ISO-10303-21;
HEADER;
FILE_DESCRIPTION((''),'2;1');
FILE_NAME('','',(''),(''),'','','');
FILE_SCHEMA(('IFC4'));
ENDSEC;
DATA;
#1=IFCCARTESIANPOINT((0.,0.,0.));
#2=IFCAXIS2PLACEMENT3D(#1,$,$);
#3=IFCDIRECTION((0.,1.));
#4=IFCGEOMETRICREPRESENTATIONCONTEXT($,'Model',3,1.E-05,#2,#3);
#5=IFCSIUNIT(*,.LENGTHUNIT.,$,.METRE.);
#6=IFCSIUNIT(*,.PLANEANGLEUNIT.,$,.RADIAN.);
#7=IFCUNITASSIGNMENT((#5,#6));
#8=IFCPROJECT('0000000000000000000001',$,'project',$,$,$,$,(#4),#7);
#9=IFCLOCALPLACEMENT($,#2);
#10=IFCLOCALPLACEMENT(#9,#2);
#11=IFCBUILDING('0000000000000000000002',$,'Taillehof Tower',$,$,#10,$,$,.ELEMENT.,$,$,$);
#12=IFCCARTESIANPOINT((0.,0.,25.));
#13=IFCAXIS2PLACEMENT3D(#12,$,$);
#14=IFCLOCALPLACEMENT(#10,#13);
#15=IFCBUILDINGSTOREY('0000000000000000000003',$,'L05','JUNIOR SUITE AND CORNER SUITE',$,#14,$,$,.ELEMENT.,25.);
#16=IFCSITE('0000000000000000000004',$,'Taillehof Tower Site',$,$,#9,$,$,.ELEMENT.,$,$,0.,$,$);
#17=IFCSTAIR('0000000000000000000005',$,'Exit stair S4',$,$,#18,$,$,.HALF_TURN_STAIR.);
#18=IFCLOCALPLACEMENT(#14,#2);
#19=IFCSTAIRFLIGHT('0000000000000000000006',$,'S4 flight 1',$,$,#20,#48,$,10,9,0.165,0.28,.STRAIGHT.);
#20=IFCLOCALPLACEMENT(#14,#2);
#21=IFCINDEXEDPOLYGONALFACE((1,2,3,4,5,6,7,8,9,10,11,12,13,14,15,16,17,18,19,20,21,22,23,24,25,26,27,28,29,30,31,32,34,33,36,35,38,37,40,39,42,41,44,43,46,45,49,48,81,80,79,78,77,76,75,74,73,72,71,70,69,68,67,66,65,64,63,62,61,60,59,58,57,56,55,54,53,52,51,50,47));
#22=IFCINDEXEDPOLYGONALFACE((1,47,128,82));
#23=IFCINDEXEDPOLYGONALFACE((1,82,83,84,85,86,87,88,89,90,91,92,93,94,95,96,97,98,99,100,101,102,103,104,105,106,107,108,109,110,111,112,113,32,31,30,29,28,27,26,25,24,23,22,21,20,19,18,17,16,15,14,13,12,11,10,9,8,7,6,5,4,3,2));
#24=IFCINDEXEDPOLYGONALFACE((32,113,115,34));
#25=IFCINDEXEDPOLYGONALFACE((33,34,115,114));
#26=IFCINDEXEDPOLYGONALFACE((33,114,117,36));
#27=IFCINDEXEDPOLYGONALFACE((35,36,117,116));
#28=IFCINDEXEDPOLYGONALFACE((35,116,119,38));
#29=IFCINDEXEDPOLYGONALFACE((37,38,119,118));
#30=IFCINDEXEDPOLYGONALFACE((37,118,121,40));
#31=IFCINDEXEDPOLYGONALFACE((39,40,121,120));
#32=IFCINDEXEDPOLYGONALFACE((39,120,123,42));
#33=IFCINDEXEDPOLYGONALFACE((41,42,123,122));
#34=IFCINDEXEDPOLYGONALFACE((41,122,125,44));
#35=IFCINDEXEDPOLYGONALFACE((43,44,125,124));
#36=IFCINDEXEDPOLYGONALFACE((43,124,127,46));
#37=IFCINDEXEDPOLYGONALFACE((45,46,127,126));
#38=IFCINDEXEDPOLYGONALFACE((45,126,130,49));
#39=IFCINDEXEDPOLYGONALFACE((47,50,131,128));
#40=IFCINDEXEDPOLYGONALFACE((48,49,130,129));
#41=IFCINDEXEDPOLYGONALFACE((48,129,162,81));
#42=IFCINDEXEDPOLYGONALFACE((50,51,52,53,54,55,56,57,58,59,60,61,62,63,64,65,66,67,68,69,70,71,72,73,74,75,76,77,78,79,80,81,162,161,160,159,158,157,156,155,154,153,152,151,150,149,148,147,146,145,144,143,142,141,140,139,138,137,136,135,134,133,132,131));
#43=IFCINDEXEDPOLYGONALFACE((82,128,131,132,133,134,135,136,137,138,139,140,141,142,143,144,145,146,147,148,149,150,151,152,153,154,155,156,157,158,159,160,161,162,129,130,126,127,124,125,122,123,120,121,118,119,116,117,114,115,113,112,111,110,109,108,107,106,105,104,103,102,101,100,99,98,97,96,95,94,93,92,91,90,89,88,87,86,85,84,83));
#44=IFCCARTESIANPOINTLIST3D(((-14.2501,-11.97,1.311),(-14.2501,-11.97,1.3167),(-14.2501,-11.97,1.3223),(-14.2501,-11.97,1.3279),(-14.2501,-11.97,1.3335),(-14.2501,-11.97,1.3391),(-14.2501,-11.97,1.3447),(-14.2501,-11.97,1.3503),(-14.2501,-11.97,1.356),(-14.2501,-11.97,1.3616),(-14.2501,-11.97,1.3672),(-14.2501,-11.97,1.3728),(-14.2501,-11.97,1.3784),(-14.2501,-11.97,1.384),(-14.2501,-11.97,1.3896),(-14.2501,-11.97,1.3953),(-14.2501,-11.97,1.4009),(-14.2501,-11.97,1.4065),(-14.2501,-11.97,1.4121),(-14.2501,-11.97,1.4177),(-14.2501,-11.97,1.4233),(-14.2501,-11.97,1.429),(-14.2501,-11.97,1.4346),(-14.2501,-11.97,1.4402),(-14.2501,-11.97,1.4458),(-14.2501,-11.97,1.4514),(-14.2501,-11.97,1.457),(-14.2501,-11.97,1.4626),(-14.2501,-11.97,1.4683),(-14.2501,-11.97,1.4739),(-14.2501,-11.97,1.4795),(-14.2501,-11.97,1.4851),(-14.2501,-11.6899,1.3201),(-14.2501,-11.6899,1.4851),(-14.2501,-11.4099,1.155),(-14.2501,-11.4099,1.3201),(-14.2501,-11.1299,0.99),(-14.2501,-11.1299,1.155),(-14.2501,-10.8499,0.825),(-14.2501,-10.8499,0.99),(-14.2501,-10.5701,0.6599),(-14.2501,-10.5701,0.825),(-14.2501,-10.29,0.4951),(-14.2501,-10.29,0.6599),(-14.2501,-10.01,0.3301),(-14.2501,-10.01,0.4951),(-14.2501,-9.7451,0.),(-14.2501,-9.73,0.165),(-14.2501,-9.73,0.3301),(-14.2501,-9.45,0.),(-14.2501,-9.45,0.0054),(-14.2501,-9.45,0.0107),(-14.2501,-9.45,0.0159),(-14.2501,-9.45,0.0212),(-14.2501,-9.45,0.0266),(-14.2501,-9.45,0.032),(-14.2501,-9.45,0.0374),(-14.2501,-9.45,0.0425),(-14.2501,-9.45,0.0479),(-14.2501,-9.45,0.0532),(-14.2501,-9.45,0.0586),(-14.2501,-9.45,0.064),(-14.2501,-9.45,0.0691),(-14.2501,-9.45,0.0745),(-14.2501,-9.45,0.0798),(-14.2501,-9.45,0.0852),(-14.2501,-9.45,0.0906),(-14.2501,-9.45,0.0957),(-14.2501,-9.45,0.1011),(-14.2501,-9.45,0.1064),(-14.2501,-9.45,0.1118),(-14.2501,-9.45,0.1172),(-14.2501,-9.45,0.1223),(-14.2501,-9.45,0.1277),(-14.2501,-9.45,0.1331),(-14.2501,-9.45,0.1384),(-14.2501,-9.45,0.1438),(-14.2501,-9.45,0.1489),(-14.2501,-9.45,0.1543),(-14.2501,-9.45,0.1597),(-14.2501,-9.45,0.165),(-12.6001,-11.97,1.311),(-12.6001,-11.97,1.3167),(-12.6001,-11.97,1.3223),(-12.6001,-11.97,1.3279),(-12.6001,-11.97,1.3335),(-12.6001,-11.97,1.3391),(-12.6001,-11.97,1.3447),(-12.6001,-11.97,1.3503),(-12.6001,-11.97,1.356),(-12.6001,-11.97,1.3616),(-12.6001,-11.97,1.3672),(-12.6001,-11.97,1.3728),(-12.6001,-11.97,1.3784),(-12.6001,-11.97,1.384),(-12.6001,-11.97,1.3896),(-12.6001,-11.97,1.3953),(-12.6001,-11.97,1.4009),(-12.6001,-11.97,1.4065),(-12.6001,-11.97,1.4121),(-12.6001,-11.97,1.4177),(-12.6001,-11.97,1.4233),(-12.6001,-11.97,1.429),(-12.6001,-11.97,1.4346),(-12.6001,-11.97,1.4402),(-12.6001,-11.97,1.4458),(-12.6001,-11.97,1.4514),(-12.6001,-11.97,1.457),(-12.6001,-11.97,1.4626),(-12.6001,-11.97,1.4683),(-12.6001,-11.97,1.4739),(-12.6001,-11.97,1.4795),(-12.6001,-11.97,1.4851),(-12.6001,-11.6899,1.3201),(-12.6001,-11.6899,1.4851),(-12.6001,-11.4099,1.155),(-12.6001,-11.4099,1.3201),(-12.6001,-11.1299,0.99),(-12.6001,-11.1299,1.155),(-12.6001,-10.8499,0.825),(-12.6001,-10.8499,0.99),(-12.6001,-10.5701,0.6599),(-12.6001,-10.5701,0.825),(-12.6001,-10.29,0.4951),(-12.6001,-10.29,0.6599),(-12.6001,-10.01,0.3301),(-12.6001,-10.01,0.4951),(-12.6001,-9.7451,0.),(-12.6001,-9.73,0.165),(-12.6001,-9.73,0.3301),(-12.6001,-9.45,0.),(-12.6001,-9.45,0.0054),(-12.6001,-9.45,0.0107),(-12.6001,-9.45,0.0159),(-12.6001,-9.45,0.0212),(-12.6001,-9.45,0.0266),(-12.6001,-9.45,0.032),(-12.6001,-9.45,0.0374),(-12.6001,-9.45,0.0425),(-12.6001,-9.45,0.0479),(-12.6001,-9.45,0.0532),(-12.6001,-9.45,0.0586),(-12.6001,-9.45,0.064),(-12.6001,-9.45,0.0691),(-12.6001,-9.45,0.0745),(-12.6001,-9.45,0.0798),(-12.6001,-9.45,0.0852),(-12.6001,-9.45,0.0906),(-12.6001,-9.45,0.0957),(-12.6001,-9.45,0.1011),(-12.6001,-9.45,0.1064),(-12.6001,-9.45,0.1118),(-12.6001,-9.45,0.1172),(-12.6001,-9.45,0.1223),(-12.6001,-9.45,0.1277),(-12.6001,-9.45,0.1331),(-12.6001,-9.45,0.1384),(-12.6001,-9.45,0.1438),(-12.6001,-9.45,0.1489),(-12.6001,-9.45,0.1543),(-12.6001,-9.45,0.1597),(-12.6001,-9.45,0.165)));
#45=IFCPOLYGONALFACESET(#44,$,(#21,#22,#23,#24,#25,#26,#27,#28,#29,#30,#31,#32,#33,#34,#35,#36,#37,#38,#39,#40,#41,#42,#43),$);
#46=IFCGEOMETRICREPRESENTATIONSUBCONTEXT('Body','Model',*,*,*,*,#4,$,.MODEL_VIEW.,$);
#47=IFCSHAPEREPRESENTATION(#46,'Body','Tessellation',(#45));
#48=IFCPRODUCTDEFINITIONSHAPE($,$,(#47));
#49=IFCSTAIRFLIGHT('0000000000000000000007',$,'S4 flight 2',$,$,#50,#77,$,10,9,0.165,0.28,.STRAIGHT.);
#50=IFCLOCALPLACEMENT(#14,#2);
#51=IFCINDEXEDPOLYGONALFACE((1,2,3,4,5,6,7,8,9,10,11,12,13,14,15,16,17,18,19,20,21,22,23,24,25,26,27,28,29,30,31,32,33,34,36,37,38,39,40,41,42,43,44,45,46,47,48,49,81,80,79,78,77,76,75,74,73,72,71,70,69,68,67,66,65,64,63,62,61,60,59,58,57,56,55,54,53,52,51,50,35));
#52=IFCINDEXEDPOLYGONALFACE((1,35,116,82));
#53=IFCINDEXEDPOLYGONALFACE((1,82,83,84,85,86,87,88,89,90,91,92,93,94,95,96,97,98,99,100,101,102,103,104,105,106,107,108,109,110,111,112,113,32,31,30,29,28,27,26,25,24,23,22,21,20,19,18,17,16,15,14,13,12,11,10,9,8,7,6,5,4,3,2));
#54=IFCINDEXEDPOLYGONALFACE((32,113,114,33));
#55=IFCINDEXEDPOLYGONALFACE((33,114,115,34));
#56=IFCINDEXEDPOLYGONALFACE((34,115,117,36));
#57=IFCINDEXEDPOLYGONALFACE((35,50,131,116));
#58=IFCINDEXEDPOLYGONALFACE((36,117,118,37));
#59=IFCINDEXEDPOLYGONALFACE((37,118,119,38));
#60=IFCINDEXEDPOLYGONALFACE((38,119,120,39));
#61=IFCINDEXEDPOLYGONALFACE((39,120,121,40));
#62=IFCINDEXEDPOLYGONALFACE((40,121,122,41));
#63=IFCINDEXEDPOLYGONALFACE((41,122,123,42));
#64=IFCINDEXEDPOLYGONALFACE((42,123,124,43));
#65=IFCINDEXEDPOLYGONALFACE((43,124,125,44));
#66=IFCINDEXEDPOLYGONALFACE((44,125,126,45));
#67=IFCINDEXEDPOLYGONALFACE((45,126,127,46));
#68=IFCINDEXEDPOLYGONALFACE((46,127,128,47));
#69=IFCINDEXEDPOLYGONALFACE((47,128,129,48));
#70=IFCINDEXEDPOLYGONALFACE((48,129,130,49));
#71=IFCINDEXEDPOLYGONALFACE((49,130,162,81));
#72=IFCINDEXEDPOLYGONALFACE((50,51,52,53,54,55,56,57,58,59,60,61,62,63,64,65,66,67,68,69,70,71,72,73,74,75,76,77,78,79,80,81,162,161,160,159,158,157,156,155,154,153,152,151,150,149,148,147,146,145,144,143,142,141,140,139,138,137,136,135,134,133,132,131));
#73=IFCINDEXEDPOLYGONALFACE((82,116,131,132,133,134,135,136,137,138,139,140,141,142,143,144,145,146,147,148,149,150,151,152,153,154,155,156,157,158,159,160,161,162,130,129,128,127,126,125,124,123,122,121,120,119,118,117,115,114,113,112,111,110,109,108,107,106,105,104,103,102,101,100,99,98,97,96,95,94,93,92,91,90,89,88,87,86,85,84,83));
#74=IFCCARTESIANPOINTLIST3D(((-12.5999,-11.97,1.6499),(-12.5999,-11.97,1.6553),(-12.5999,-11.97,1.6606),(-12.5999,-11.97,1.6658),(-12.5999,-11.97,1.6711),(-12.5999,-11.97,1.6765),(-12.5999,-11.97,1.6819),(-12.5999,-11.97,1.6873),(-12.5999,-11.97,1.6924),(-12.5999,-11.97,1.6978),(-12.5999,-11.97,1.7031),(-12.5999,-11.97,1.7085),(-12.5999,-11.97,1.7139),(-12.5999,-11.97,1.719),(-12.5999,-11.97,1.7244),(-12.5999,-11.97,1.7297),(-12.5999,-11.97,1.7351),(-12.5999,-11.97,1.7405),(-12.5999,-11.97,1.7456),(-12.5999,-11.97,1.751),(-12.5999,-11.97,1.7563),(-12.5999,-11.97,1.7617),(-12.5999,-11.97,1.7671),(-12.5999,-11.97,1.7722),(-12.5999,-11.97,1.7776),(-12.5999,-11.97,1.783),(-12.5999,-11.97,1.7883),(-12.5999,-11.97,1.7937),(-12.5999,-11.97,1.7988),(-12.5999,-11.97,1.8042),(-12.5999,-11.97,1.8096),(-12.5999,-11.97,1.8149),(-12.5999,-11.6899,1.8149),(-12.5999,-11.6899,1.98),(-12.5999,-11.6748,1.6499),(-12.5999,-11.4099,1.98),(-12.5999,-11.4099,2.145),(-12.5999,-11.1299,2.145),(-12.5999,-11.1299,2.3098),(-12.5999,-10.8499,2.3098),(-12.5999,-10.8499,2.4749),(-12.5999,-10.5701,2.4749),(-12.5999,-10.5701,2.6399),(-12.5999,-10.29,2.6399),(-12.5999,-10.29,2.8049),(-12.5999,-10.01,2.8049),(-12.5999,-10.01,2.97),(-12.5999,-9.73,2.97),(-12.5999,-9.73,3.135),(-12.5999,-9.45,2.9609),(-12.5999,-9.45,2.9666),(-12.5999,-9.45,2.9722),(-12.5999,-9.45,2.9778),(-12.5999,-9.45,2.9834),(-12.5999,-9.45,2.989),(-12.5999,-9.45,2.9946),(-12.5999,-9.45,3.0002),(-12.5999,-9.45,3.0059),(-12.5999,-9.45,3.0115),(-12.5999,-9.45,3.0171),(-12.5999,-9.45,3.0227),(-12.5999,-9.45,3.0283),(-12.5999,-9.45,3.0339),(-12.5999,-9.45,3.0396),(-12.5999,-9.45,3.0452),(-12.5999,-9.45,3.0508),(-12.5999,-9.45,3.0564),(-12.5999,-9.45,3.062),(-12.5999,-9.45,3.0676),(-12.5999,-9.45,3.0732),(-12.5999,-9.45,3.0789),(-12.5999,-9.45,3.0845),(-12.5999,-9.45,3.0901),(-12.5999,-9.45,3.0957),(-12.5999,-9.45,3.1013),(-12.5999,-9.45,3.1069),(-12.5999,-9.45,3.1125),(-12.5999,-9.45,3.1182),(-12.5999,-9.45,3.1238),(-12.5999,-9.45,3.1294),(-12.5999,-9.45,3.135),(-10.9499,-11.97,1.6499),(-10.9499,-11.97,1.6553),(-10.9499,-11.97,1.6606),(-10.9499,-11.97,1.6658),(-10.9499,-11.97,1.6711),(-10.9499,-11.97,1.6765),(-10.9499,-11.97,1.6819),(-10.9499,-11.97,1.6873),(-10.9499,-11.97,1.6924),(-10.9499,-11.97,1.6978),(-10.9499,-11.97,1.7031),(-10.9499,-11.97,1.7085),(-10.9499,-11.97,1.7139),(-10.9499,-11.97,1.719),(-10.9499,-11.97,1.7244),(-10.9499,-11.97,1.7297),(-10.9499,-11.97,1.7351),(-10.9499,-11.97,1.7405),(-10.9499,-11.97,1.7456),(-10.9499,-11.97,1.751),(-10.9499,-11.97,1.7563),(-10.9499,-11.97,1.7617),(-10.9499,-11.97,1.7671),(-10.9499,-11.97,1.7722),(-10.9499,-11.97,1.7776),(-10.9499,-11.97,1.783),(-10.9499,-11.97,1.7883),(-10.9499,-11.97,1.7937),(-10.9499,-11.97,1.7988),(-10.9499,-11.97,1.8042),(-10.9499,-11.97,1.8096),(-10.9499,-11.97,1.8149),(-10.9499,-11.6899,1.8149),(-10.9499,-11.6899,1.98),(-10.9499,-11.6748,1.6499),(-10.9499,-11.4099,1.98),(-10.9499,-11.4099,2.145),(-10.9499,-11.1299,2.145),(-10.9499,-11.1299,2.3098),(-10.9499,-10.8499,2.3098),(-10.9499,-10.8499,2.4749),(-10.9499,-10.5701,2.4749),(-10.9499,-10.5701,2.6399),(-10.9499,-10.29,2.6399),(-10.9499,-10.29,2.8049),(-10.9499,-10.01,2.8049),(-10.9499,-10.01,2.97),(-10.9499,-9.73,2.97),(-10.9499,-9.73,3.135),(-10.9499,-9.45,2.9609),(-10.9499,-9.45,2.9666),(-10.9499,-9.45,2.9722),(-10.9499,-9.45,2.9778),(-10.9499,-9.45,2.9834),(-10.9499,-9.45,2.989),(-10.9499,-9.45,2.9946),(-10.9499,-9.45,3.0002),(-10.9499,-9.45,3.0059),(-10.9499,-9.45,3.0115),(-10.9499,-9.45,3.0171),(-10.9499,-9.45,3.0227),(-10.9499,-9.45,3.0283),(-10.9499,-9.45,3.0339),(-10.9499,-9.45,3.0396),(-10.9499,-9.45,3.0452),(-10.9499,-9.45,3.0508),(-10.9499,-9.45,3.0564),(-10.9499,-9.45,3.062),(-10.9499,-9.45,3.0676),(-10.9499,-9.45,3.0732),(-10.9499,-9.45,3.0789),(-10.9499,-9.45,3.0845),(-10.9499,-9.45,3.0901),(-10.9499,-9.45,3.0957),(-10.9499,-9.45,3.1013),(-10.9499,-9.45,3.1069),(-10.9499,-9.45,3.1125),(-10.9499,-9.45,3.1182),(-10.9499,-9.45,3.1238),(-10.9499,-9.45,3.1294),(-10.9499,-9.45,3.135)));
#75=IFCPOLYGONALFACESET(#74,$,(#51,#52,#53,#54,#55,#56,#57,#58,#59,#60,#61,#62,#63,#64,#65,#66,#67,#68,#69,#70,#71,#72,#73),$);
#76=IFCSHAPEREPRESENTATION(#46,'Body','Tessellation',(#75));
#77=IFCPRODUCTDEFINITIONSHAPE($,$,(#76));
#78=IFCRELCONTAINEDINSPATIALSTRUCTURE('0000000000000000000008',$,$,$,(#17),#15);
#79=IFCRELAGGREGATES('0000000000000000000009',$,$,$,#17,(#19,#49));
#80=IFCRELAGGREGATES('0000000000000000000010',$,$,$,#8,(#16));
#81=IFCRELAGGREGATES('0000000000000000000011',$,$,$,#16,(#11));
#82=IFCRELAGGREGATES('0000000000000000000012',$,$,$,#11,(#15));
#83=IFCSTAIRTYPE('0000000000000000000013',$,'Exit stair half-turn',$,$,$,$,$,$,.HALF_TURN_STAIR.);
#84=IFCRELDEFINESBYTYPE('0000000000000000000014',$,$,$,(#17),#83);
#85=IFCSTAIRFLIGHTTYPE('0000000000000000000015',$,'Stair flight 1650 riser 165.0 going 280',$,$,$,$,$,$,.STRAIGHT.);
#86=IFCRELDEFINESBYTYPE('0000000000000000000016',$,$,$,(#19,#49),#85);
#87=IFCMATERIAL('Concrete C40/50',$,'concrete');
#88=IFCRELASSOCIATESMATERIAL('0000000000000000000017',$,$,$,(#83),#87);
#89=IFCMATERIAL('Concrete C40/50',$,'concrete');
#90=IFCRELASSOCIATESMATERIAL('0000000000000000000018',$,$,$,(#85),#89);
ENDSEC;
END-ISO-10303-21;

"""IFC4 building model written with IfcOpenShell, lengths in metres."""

from ifc_helpers import new_model, si_unit, direction, frame, origin, place, context, subcontext, project, spatial, polyline, outline, extrude, material, type_object, element, aggregate, save


model = new_model("IFC4")

# Units and contexts
model_context = context("Model", 3, precision=1e-05, world=origin(), true_north=direction((0.0, 1.0)))
body_context = subcontext(model_context, "Body", "Model", "MODEL_VIEW")
ifc_project = project(units=[si_unit("LENGTHUNIT", "METRE"), si_unit("PLANEANGLEUNIT", "RADIAN")], contexts=[model_context])

# Site, building, storey
site_placement = place(None, origin())
site = spatial("IfcSite", under=ifc_project, at=site_placement, Name="Taillehof Tower Site", CompositionType="ELEMENT", RefElevation=0.0)
building_placement = place(site_placement, origin())
building = spatial("IfcBuilding", under=site, at=building_placement, Name="Taillehof Tower", CompositionType="ELEMENT")
storey_placement = place(building_placement, frame((0.0, 0.0, 25.0)))
storey = spatial("IfcBuildingStorey", under=building, at=storey_placement, Name="L05", Description="JUNIOR SUITE AND CORNER SUITE", CompositionType="ELEMENT", Elevation=25.0)

# Stair, stair flights
ifc_material_1 = material(Name="Concrete C40/50", Category="concrete")
stair_type = type_object("IfcStairType", Name="Exit stair half-turn", PredefinedType="HALF_TURN_STAIR", material=ifc_material_1)
stair_placement = place(storey_placement, origin())
stair = element("IfcStair", 1, at=stair_placement, inside=storey, type_object=stair_type, Name="Exit stair S4", PredefinedType="HALF_TURN_STAIR")
ifc_material_2 = material(Name="Concrete C40/50", Category="concrete")
stair_flight_type = type_object("IfcStairFlightType", Name="Stair flight 1650 riser 165.0 going 280", PredefinedType="STRAIGHT", material=ifc_material_2)
stair_flight_1_placement = place(storey_placement, frame((-13.425, -9.45, 0.0), z_axis=(0.0, 0.0, 1.0), x_axis=(0.0, -1.0, 0.0)))
stair_flight_1 = element("IfcStairFlight", 2, at=stair_flight_1_placement, type_object=stair_flight_type, Name="S4 flight 1", NumberOfRisers=10, NumberOfTreads=9, PredefinedType="STRAIGHT", RiserHeight=0.165, TreadLength=0.28, context=body_context, shape_type="SweptSolid", body=[
    extrude(outline(polyline([(0.0, 0.0), (0.0, 0.0054), (0.0, 0.0107), (0.0, 0.0159), (0.0, 0.0212), (0.0, 0.0266), (0.0, 0.032), (0.0, 0.0374), (0.0, 0.0425), (0.0, 0.0479), (0.0, 0.0532), (0.0, 0.0586), (0.0, 0.064), (0.0, 0.0691), (0.0, 0.0745), (0.0, 0.0798), (0.0, 0.0852), (0.0, 0.0906), (0.0, 0.0957), (0.0, 0.1011), (0.0, 0.1064), (0.0, 0.1118), (0.0, 0.1172), (0.0, 0.1223), (0.0, 0.1277), (0.0, 0.1331), (0.0, 0.1384), (0.0, 0.1438), (0.0, 0.1489), (0.0, 0.1543), (0.0, 0.1597), (0.0, 0.165), (0.28, 0.165), (0.28, 0.3301), (0.5601, 0.3301), (0.5601, 0.4951), (0.8401, 0.4951), (0.8401, 0.6599), (1.1201, 0.6599), (1.1201, 0.825), (1.3999, 0.825), (1.3999, 0.99), (1.6799, 0.99), (1.6799, 1.155), (1.96, 1.155), (1.96, 1.3201), (2.24, 1.3201), (2.24, 1.4851), (2.52, 1.4851), (2.52, 1.4795), (2.52, 1.4739), (2.52, 1.4683), (2.52, 1.4626), (2.52, 1.457), (2.52, 1.4514), (2.52, 1.4458), (2.52, 1.4402), (2.52, 1.4346), (2.52, 1.429), (2.52, 1.4233), (2.52, 1.4177), (2.52, 1.4121), (2.52, 1.4065), (2.52, 1.4009), (2.52, 1.3953), (2.52, 1.3896), (2.52, 1.384), (2.52, 1.3784), (2.52, 1.3728), (2.52, 1.3672), (2.52, 1.3616), (2.52, 1.356), (2.52, 1.3503), (2.52, 1.3447), (2.52, 1.3391), (2.52, 1.3335), (2.52, 1.3279), (2.52, 1.3223), (2.52, 1.3167), (2.52, 1.311), (0.2952, 0.0), (0.0, 0.0)])), frame((0.0, 0.825, 0.0), z_axis=(0.0, -1.0, 0.0), x_axis=(1.0, 0.0, 0.0)), (0.0, 0.0, 1.0), 1.65),
])
stair_flight_2_placement = place(storey_placement, frame((-11.7749, -11.97, 1.6499), z_axis=(0.0, 0.0, 1.0), x_axis=(0.0, 1.0, 0.0)))
stair_flight_2 = element("IfcStairFlight", 3, at=stair_flight_2_placement, type_object=stair_flight_type, Name="S4 flight 2", NumberOfRisers=10, NumberOfTreads=9, PredefinedType="STRAIGHT", RiserHeight=0.165, TreadLength=0.28, context=body_context, shape_type="SweptSolid", body=[
    extrude(outline(polyline([(0.0, 0.0), (0.0, 0.0054), (0.0, 0.0107), (0.0, 0.0159), (0.0, 0.0212), (0.0, 0.0266), (0.0, 0.032), (0.0, 0.0374), (0.0, 0.0425), (0.0, 0.0479), (0.0, 0.0532), (0.0, 0.0586), (0.0, 0.064), (0.0, 0.0691), (0.0, 0.0745), (0.0, 0.0798), (0.0, 0.0852), (0.0, 0.0906), (0.0, 0.0957), (0.0, 0.1011), (0.0, 0.1064), (0.0, 0.1118), (0.0, 0.1172), (0.0, 0.1223), (0.0, 0.1277), (0.0, 0.1331), (0.0, 0.1384), (0.0, 0.1438), (0.0, 0.1489), (0.0, 0.1543), (0.0, 0.1597), (0.0, 0.165), (0.28, 0.165), (0.28, 0.3301), (0.5601, 0.3301), (0.5601, 0.4951), (0.8401, 0.4951), (0.8401, 0.6599), (1.1201, 0.6599), (1.1201, 0.825), (1.3999, 0.825), (1.3999, 0.99), (1.6799, 0.99), (1.6799, 1.155), (1.96, 1.155), (1.96, 1.3201), (2.24, 1.3201), (2.24, 1.4851), (2.52, 1.4851), (2.52, 1.4795), (2.52, 1.4739), (2.52, 1.4683), (2.52, 1.4626), (2.52, 1.457), (2.52, 1.4514), (2.52, 1.4458), (2.52, 1.4402), (2.52, 1.4346), (2.52, 1.429), (2.52, 1.4233), (2.52, 1.4177), (2.52, 1.4121), (2.52, 1.4065), (2.52, 1.4009), (2.52, 1.3953), (2.52, 1.3896), (2.52, 1.384), (2.52, 1.3784), (2.52, 1.3728), (2.52, 1.3672), (2.52, 1.3616), (2.52, 1.356), (2.52, 1.3503), (2.52, 1.3447), (2.52, 1.3391), (2.52, 1.3335), (2.52, 1.3279), (2.52, 1.3223), (2.52, 1.3167), (2.52, 1.311), (0.2952, 0.0), (0.0, 0.0)])), frame((0.0, 0.825, 0.0), z_axis=(0.0, -1.0, 0.0), x_axis=(1.0, 0.0, 0.0)), (0.0, 0.0, 1.0), 1.65),
])
aggregate(stair, [stair_flight_1, stair_flight_2])

save(model, "model.ifc")
